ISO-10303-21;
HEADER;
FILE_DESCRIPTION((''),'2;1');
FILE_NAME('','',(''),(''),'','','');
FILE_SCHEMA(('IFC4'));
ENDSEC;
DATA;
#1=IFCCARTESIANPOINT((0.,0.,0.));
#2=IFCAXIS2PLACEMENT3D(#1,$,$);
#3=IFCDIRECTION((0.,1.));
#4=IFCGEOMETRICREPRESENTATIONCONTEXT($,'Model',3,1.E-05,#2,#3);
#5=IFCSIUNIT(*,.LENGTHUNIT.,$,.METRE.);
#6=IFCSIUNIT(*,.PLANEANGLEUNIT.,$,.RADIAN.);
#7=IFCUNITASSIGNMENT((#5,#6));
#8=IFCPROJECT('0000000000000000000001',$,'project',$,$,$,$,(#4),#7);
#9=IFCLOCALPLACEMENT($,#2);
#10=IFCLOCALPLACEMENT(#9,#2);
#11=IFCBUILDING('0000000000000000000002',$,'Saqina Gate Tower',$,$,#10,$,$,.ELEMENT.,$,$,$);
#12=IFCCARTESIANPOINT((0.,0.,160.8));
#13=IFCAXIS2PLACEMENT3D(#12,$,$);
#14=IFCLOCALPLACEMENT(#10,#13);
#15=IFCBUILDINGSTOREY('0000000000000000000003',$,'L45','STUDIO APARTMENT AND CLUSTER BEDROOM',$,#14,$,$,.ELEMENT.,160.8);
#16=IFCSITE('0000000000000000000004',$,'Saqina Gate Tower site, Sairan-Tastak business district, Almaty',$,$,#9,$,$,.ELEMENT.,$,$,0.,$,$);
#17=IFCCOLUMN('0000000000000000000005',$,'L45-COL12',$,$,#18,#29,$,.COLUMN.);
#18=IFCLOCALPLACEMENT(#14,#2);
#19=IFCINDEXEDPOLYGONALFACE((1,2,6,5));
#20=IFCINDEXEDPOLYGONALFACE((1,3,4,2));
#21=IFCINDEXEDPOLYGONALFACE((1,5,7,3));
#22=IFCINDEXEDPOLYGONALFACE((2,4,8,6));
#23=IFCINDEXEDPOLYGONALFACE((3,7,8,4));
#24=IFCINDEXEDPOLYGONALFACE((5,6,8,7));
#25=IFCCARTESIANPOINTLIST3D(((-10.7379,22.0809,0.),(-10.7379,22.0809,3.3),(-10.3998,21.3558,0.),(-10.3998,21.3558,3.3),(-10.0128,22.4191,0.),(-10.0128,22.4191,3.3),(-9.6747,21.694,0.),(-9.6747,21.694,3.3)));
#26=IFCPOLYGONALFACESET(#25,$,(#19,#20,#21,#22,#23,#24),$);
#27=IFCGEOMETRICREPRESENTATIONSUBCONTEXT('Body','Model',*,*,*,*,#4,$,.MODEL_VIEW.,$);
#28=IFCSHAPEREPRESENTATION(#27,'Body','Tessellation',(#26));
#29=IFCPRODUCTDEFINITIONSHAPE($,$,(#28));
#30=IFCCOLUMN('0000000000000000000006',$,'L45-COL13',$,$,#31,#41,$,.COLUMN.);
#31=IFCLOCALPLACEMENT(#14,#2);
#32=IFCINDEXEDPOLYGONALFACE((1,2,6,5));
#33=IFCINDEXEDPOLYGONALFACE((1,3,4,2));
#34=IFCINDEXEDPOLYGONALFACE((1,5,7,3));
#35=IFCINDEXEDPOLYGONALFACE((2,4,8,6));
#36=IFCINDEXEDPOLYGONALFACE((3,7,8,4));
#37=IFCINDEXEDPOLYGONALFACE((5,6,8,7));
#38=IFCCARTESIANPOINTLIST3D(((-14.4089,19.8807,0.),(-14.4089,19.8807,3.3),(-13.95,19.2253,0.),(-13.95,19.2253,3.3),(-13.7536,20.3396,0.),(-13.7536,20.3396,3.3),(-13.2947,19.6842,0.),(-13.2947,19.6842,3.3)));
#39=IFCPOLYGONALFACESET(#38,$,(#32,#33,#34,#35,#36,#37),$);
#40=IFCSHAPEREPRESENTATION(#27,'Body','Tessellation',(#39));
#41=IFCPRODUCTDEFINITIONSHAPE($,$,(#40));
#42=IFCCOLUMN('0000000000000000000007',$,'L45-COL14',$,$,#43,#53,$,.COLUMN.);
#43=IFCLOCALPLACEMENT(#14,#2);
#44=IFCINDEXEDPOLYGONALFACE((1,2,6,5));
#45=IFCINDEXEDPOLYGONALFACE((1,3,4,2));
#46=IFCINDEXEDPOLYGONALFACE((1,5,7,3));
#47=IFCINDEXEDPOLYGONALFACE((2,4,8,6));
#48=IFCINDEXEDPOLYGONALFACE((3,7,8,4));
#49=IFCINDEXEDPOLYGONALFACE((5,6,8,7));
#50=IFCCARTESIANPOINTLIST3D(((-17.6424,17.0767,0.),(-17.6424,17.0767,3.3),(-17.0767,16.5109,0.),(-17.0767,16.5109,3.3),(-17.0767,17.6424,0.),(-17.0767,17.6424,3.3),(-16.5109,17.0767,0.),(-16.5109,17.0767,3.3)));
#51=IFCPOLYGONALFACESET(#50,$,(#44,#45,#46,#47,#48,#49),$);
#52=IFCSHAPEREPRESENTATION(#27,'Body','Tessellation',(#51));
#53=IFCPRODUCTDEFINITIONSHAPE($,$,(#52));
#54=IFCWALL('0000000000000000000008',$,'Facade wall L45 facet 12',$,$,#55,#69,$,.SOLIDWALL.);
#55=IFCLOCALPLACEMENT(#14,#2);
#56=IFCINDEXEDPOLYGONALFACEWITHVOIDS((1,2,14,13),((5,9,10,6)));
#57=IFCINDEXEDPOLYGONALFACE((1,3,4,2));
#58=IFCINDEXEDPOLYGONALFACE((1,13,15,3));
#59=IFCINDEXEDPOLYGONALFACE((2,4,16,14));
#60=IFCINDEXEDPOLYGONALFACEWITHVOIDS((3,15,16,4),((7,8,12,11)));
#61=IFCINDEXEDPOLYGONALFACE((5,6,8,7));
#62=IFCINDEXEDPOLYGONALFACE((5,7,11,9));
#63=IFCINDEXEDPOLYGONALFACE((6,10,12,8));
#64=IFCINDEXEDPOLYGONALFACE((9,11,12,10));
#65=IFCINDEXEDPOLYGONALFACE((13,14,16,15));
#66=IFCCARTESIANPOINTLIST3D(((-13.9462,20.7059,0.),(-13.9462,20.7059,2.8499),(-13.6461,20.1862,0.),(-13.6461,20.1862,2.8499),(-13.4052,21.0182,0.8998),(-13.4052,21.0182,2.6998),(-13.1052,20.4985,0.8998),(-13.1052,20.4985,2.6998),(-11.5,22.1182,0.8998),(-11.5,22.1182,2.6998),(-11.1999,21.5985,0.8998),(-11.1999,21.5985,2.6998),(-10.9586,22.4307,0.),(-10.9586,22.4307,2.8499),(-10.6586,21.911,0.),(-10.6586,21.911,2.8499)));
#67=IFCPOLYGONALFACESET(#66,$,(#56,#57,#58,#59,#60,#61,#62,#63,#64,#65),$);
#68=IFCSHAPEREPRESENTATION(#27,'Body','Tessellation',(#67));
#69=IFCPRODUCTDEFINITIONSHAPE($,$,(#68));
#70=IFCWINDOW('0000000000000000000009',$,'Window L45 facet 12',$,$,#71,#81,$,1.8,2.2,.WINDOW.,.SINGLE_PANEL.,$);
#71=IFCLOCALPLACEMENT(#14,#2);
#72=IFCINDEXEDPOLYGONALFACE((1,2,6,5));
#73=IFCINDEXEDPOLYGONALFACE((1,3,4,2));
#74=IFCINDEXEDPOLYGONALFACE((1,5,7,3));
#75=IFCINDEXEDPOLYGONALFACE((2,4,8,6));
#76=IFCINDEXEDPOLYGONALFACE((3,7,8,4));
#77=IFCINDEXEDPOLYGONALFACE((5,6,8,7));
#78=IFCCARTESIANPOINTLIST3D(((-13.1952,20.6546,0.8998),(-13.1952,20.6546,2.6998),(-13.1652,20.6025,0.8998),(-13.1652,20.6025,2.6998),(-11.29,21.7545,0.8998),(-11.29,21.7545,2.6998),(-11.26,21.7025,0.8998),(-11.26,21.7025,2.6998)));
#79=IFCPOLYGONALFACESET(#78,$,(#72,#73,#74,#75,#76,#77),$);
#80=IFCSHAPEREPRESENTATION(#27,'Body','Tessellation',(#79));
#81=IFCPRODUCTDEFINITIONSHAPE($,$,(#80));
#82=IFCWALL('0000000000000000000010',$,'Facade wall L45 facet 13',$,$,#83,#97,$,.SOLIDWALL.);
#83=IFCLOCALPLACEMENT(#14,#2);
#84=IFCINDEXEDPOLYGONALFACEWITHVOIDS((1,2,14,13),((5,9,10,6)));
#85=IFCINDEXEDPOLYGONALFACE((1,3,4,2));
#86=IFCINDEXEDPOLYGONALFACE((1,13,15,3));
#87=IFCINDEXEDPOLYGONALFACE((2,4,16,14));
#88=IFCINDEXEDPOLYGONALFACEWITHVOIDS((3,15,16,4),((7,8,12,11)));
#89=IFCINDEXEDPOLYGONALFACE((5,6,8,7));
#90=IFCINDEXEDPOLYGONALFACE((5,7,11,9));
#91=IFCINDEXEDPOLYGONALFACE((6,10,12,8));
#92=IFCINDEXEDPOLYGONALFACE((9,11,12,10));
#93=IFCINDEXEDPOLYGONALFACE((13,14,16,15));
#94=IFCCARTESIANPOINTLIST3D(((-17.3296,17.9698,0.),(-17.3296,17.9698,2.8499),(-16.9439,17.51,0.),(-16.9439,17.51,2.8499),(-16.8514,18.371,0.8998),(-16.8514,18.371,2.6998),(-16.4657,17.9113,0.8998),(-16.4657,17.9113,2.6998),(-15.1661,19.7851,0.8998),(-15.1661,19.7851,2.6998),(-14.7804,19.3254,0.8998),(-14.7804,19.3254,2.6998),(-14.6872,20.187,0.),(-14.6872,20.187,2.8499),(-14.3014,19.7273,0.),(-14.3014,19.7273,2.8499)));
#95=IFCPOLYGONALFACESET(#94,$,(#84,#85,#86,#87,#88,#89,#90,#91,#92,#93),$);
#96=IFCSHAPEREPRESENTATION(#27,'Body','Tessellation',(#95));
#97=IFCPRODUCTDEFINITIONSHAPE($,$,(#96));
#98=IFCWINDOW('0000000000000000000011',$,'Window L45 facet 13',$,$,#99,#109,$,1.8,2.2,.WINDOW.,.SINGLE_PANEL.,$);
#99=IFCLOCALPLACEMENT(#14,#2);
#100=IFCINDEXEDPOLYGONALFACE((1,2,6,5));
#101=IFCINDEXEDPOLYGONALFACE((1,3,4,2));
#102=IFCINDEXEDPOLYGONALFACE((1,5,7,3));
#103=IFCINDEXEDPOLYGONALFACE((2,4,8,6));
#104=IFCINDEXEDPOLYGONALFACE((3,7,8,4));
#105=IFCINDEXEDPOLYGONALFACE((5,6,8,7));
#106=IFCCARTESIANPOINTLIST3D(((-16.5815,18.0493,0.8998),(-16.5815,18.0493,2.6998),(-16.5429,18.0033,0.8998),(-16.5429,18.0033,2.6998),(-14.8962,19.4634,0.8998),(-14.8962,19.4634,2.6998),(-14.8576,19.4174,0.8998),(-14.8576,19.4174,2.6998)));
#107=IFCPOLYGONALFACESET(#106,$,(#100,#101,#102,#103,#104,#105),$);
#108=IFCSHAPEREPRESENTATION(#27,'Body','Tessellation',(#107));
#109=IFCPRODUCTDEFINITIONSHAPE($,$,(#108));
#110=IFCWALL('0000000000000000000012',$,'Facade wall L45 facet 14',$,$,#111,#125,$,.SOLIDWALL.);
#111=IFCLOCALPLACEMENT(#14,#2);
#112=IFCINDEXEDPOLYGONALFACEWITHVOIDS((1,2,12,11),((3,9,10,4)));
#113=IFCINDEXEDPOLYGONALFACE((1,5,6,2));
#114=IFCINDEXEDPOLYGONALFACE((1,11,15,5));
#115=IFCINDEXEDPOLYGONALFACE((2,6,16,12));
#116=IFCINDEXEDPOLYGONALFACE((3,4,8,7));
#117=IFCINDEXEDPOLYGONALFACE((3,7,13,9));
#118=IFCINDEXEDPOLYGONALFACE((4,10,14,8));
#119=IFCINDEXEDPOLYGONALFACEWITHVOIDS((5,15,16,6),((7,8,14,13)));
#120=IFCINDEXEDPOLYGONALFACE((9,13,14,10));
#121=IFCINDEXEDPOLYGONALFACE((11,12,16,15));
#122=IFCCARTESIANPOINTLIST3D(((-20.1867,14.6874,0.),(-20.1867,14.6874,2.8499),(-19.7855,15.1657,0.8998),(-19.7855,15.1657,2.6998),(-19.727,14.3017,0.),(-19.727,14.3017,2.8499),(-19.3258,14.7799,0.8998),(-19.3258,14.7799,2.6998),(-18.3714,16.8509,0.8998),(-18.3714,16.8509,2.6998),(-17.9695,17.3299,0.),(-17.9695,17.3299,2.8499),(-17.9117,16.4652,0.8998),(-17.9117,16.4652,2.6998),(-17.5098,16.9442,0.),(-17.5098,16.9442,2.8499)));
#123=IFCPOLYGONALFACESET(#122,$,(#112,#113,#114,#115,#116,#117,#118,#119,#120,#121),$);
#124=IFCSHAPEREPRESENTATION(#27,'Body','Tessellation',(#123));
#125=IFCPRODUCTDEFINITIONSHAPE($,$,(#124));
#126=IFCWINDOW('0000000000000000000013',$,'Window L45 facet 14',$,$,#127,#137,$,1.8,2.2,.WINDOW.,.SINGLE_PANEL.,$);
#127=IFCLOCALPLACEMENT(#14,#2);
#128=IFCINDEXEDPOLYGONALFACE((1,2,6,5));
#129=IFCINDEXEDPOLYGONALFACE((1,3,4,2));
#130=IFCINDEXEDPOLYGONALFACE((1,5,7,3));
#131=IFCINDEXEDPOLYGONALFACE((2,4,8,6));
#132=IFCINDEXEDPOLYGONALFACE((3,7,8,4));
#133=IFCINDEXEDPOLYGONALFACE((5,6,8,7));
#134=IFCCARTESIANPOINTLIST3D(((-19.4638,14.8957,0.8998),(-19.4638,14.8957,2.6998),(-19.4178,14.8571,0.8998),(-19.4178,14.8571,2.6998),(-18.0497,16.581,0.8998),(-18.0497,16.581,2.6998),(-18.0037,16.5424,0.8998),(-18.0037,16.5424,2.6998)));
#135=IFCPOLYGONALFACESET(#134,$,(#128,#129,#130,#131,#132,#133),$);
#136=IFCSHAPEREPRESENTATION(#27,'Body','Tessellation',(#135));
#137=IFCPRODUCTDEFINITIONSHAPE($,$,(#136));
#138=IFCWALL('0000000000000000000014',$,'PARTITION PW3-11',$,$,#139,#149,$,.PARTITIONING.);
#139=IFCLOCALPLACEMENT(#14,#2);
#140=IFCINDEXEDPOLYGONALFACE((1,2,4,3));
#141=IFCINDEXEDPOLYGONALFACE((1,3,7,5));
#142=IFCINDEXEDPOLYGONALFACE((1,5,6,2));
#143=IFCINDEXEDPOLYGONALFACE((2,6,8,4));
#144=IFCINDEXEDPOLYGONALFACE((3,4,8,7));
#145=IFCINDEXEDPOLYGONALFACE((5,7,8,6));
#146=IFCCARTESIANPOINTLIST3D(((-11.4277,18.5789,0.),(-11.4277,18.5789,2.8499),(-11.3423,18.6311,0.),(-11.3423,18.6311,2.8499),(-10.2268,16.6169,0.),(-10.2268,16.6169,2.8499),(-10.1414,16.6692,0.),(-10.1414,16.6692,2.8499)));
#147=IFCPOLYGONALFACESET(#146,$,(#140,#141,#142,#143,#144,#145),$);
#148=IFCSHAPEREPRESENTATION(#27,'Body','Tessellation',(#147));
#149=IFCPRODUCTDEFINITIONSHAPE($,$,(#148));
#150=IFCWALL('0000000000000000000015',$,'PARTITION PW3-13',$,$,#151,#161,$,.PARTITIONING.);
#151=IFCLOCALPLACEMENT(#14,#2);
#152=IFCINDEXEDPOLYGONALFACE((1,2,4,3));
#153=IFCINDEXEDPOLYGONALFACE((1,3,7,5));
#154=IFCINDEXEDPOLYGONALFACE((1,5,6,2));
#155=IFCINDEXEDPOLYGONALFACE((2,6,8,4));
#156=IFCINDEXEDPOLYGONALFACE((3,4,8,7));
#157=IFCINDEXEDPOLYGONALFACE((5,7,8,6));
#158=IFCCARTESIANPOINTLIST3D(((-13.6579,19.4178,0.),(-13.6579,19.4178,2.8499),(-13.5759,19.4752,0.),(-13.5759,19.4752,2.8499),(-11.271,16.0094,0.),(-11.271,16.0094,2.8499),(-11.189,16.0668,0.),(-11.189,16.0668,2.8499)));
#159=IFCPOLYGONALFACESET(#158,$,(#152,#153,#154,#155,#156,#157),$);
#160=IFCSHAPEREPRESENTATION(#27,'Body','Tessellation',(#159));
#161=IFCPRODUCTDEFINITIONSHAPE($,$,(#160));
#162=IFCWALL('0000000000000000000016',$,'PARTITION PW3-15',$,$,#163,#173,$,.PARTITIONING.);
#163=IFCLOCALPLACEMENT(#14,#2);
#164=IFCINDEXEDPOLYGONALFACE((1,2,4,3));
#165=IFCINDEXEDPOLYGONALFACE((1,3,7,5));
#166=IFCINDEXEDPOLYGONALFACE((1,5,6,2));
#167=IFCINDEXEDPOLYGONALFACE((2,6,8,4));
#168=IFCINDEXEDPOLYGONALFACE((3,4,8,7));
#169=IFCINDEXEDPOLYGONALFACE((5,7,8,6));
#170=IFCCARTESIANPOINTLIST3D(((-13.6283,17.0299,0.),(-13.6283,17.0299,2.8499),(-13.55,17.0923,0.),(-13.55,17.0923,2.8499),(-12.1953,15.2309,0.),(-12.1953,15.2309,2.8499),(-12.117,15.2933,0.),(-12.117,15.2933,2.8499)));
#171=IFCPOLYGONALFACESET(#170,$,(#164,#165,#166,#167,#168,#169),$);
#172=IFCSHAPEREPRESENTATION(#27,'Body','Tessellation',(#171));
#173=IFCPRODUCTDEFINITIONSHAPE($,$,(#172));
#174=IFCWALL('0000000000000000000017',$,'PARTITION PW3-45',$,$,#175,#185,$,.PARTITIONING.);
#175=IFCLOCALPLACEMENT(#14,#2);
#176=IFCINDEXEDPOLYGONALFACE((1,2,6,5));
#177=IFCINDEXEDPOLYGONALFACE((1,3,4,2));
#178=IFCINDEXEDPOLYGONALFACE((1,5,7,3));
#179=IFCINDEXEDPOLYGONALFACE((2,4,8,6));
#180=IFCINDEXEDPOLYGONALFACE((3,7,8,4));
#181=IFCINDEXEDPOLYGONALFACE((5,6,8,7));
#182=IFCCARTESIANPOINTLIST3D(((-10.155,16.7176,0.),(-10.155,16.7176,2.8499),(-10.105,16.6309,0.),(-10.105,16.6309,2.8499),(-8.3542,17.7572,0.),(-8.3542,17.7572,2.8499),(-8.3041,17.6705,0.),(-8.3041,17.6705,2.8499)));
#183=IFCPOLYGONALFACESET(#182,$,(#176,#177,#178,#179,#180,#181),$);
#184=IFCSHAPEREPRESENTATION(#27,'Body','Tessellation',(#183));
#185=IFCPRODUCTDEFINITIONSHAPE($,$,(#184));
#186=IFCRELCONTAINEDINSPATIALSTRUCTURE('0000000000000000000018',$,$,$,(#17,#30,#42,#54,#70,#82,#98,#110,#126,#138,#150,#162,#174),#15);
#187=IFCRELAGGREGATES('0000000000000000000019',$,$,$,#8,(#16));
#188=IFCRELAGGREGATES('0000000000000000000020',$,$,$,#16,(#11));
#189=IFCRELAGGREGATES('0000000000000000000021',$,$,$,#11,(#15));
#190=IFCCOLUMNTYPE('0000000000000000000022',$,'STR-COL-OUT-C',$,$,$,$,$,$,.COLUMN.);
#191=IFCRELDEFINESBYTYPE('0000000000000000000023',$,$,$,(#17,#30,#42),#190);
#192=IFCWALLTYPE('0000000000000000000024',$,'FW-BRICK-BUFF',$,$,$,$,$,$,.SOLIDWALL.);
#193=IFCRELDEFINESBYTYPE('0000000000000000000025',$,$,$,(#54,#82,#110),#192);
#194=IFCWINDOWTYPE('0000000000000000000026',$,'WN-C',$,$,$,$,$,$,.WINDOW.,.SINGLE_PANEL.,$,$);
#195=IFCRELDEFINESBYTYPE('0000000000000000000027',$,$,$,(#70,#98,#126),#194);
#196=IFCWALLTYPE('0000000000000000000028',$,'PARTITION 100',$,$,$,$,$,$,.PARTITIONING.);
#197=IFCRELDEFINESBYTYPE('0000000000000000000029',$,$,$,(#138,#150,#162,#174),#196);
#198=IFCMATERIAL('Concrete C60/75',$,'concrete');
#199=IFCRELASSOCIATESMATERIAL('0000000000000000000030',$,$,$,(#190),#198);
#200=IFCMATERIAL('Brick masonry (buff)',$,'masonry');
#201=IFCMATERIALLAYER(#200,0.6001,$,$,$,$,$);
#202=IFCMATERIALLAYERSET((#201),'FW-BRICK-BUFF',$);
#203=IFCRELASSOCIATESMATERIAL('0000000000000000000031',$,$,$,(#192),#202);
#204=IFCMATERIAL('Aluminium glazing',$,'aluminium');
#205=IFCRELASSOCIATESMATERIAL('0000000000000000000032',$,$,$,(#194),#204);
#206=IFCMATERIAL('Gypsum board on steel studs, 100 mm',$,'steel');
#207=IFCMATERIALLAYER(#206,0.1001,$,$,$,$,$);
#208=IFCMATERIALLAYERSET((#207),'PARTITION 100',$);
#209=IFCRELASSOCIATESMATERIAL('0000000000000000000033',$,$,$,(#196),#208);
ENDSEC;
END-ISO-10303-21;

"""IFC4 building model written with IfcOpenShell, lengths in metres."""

from ifc_helpers import new_model, si_unit, direction, frame, frame_2d, origin, origin_2d, place, context, subcontext, project, spatial, rectangle, extrude, material, layer, layer_set, material_profile, profile_set, type_object, element, fill, save


model = new_model("IFC4")

# Units and contexts
model_context = context("Model", 3, precision=1e-05, world=origin(), true_north=direction((0.0, 1.0)))
body_context = subcontext(model_context, "Body", "Model", "MODEL_VIEW")
ifc_project = project(units=[si_unit("LENGTHUNIT", "METRE"), si_unit("PLANEANGLEUNIT", "RADIAN")], contexts=[model_context])

# Site, building, storey
site_placement = place(None, origin())
site = spatial("IfcSite", under=ifc_project, at=site_placement, Name="Saqina Gate Tower site, Sairan-Tastak business district, Almaty", CompositionType="ELEMENT", RefElevation=0.0)
building_placement = place(site_placement, origin())
building = spatial("IfcBuilding", under=site, at=building_placement, Name="Saqina Gate Tower", CompositionType="ELEMENT")
storey_placement = place(building_placement, frame((0.0, 0.0, 160.8)))
storey = spatial("IfcBuildingStorey", under=building, at=storey_placement, Name="L45", Description="STUDIO APARTMENT AND CLUSTER BEDROOM", CompositionType="ELEMENT", Elevation=160.8)

# Columns
ifc_material_1 = material(Name="Concrete C60/75", Category="concrete")
ifc_material_profile = material_profile(ifc_material_1, rectangle(XDim=0.8, YDim=0.8, at=origin_2d()), Name="RC 800x800")
ifc_profile_set = profile_set([ifc_material_profile], Name="Concrete C60/75")
column_type = type_object("IfcColumnType", Name="STR-COL-OUT-C", PredefinedType="COLUMN", material=ifc_profile_set)
for number, where, z_axis, x_axis, name in (
    (1, (-10.2063, 21.8875, 0.0), (0.0, 0.0, 1.0), (-0.422618, 0.906308, 0.0), "L45-COL12"),
    (2, (-13.8518, 19.7825, 0.0), (0.0, 0.0, 1.0), (-0.573576, 0.819152, 0.0), "L45-COL13"),
    (3, (-17.0767, 17.0767, 0.0), (0.0, 0.0, 1.0), (-0.707107, 0.707107, 0.0), "L45-COL14"),
):
    element("IfcColumn", number, at=place(storey_placement, frame(where, z_axis=z_axis, x_axis=x_axis)), inside=storey, type_object=column_type, Name=name, PredefinedType="COLUMN", context=body_context, shape_type="SweptSolid", body=[
        extrude(rectangle(XDim=0.8, YDim=0.8, at=origin_2d()), origin(), (0.0, 0.0, 1.0), 3.3),
    ])

# Walls, openings, windows
ifc_material_2 = material(Name="Brick masonry (buff)", Category="masonry")
ifc_layer_1 = layer(ifc_material_2, 0.6001)
ifc_layer_set_1 = layer_set([ifc_layer_1], Name="FW-BRICK-BUFF")
wall_type_1 = type_object("IfcWallType", Name="FW-BRICK-BUFF", PredefinedType="SOLIDWALL", material=ifc_layer_set_1)
wall_1_placement = place(storey_placement, frame((-10.8086, 22.1709, 0.0), z_axis=(0.0, 0.0, 1.0), x_axis=(-0.866026, -0.499998, 0.0)))
wall_1 = element("IfcWall", 4, at=wall_1_placement, inside=storey, type_object=wall_type_1, Name="Facade wall L45 facet 12", PredefinedType="SOLIDWALL", context=body_context, shape_type="SweptSolid", body=[
    extrude(rectangle(XDim=3.4497, YDim=0.6001, at=frame_2d((1.7249, 0.0))), origin(), (0.0, 0.0, 1.0), 2.8499),
])
opening_1_placement = place(wall_1_placement, frame((0.625, 0.0, 0.8999)))
opening_1 = element("IfcOpeningElement", 5, at=opening_1_placement, cuts=wall_1, PredefinedType="OPENING", context=body_context, shape_type="SweptSolid", body=[
    extrude(rectangle(XDim=2.2, YDim=1.8, at=frame_2d((1.1001, 0.8999))), frame((0.0, 0.312, 0.0), z_axis=(0.0, -1.0, 0.0), x_axis=(1.0, 0.0, 0.0)), (0.0, 0.0, 1.0), 0.624),
])
ifc_material_3 = material(Name="Aluminium glazing", Category="aluminium")
window_type = type_object("IfcWindowType", Name="WN-C", PartitioningType="SINGLE_PANEL", PredefinedType="WINDOW", material=ifc_material_3)
window_1_placement = place(opening_1_placement, origin())
window_1 = element("IfcWindow", 6, at=window_1_placement, inside=storey, type_object=window_type, Name="Window L45 facet 12", OverallHeight=1.8, OverallWidth=2.2, PartitioningType="SINGLE_PANEL", PredefinedType="WINDOW", context=body_context, shape_type="SweptSolid", body=[
    extrude(rectangle(XDim=2.2, YDim=1.8, at=frame_2d((1.1001, 0.8999))), frame((0.0, 0.1799, 0.0), z_axis=(0.0, -1.0, 0.0), x_axis=(1.0, 0.0, 0.0)), (0.0, 0.0, 1.0), 0.0601),
])
fill(opening_1, window_1)
wall_2_placement = place(storey_placement, frame((-14.4944, 19.957, 0.0), z_axis=(0.0, 0.0, 1.0), x_axis=(-0.766059, -0.64277, 0.0)))
wall_2 = element("IfcWall", 7, at=wall_2_placement, inside=storey, type_object=wall_type_1, Name="Facade wall L45 facet 13", PredefinedType="SOLIDWALL", context=body_context, shape_type="SweptSolid", body=[
    extrude(rectangle(XDim=3.4495, YDim=0.6001, at=frame_2d((1.7246, 0.0))), origin(), (0.0, 0.0, 1.0), 2.8499),
])
opening_2_placement = place(wall_2_placement, frame((0.625, 0.0, 0.8999)))
opening_2 = element("IfcOpeningElement", 8, at=opening_2_placement, cuts=wall_2, PredefinedType="OPENING", context=body_context, shape_type="SweptSolid", body=[
    extrude(rectangle(XDim=2.2, YDim=1.8, at=frame_2d((1.1001, 0.8999))), frame((0.0, 0.312, 0.0), z_axis=(0.0, -1.0, 0.0), x_axis=(1.0, 0.0, 0.0)), (0.0, 0.0, 1.0), 0.624),
])
window_2_placement = place(opening_2_placement, origin())
window_2 = element("IfcWindow", 9, at=window_2_placement, inside=storey, type_object=window_type, Name="Window L45 facet 13", OverallHeight=1.8, OverallWidth=2.2, PartitioningType="SINGLE_PANEL", PredefinedType="WINDOW", context=body_context, shape_type="SweptSolid", body=[
    extrude(rectangle(XDim=2.2, YDim=1.8, at=frame_2d((1.1001, 0.8999))), frame((0.0, 0.1799, 0.0), z_axis=(0.0, -1.0, 0.0), x_axis=(1.0, 0.0, 0.0)), (0.0, 0.0, 1.0), 0.0601),
])
fill(opening_2, window_2)
wall_3_placement = place(storey_placement, frame((-17.7397, 17.137, 0.0), z_axis=(0.0, 0.0, 1.0), x_axis=(-0.64277, -0.766059, 0.0)))
wall_3 = element("IfcWall", 10, at=wall_3_placement, inside=storey, type_object=wall_type_1, Name="Facade wall L45 facet 14", PredefinedType="SOLIDWALL", context=body_context, shape_type="SweptSolid", body=[
    extrude(rectangle(XDim=3.4495, YDim=0.6001, at=frame_2d((1.7246, 0.0))), origin(), (0.0, 0.0, 1.0), 2.8499),
])
opening_3_placement = place(wall_3_placement, frame((0.625, 0.0, 0.8999)))
opening_3 = element("IfcOpeningElement", 11, at=opening_3_placement, cuts=wall_3, PredefinedType="OPENING", context=body_context, shape_type="SweptSolid", body=[
    extrude(rectangle(XDim=2.2, YDim=1.8, at=frame_2d((1.1001, 0.8999))), frame((0.0, 0.312, 0.0), z_axis=(0.0, -1.0, 0.0), x_axis=(1.0, 0.0, 0.0)), (0.0, 0.0, 1.0), 0.624),
])
window_3_placement = place(opening_3_placement, origin())
window_3 = element("IfcWindow", 12, at=window_3_placement, inside=storey, type_object=window_type, Name="Window L45 facet 14", OverallHeight=1.8, OverallWidth=2.2, PartitioningType="SINGLE_PANEL", PredefinedType="WINDOW", context=body_context, shape_type="SweptSolid", body=[
    extrude(rectangle(XDim=2.2, YDim=1.8, at=frame_2d((1.1001, 0.8999))), frame((0.0, 0.1799, 0.0), z_axis=(0.0, -1.0, 0.0), x_axis=(1.0, 0.0, 0.0)), (0.0, 0.0, 1.0), 0.0601),
])
fill(opening_3, window_3)

# Walls
ifc_material_4 = material(Name="Gypsum board on steel studs, 100 mm", Category="steel")
ifc_layer_2 = layer(ifc_material_4, 0.1001)
ifc_layer_set_2 = layer_set([ifc_layer_2], Name="PARTITION 100")
wall_type_2 = type_object("IfcWallType", Name="PARTITION 100", PredefinedType="PARTITIONING", material=ifc_layer_set_2)
wall_4_placement = place(storey_placement, frame((-11.385, 18.605, 0.0), z_axis=(0.0, 0.0, 1.0), x_axis=(0.522077, -0.852899, 0.0)))
element("IfcWall", 13, at=wall_4_placement, inside=storey, type_object=wall_type_2, Name="PARTITION PW3-11", PredefinedType="PARTITIONING", context=body_context, shape_type="SweptSolid", body=[
    extrude(rectangle(XDim=2.3003, YDim=0.1001, at=frame_2d((1.1501, 0.0))), origin(), (0.0, 0.0, 1.0), 2.8499),
])
wall_5_placement = place(storey_placement, frame((-13.6169, 19.4465, 0.0), z_axis=(0.0, 0.0, 1.0), x_axis=(0.573632, -0.819113, 0.0)))
element("IfcWall", 14, at=wall_5_placement, inside=storey, type_object=wall_type_2, Name="PARTITION PW3-13", PredefinedType="PARTITIONING", context=body_context, shape_type="SweptSolid", body=[
    extrude(rectangle(XDim=4.1611, YDim=0.1001, at=frame_2d((2.0806, 0.0))), origin(), (0.0, 0.0, 1.0), 2.8499),
])
wall_6_placement = place(storey_placement, frame((-13.5891, 17.061, 0.0), z_axis=(0.0, 0.0, 1.0), x_axis=(0.623063, -0.782172, 0.0)))
element("IfcWall", 15, at=wall_6_placement, inside=storey, type_object=wall_type_2, Name="PARTITION PW3-15", PredefinedType="PARTITIONING", context=body_context, shape_type="SweptSolid", body=[
    extrude(rectangle(XDim=2.3, YDim=0.1001, at=frame_2d((1.1499, 0.0))), origin(), (0.0, 0.0, 1.0), 2.8499),
])
wall_7_placement = place(storey_placement, frame((-10.1299, 16.6743, 0.0), z_axis=(0.0, 0.0, 1.0), x_axis=(0.866053, 0.499953, 0.0)))
element("IfcWall", 16, at=wall_7_placement, inside=storey, type_object=wall_type_2, Name="PARTITION PW3-45", PredefinedType="PARTITIONING", context=body_context, shape_type="SweptSolid", body=[
    extrude(rectangle(XDim=2.0793, YDim=0.1001, at=frame_2d((1.0396, 0.0))), origin(), (0.0, 0.0, 1.0), 2.8499),
])

save(model, "model.ifc")
